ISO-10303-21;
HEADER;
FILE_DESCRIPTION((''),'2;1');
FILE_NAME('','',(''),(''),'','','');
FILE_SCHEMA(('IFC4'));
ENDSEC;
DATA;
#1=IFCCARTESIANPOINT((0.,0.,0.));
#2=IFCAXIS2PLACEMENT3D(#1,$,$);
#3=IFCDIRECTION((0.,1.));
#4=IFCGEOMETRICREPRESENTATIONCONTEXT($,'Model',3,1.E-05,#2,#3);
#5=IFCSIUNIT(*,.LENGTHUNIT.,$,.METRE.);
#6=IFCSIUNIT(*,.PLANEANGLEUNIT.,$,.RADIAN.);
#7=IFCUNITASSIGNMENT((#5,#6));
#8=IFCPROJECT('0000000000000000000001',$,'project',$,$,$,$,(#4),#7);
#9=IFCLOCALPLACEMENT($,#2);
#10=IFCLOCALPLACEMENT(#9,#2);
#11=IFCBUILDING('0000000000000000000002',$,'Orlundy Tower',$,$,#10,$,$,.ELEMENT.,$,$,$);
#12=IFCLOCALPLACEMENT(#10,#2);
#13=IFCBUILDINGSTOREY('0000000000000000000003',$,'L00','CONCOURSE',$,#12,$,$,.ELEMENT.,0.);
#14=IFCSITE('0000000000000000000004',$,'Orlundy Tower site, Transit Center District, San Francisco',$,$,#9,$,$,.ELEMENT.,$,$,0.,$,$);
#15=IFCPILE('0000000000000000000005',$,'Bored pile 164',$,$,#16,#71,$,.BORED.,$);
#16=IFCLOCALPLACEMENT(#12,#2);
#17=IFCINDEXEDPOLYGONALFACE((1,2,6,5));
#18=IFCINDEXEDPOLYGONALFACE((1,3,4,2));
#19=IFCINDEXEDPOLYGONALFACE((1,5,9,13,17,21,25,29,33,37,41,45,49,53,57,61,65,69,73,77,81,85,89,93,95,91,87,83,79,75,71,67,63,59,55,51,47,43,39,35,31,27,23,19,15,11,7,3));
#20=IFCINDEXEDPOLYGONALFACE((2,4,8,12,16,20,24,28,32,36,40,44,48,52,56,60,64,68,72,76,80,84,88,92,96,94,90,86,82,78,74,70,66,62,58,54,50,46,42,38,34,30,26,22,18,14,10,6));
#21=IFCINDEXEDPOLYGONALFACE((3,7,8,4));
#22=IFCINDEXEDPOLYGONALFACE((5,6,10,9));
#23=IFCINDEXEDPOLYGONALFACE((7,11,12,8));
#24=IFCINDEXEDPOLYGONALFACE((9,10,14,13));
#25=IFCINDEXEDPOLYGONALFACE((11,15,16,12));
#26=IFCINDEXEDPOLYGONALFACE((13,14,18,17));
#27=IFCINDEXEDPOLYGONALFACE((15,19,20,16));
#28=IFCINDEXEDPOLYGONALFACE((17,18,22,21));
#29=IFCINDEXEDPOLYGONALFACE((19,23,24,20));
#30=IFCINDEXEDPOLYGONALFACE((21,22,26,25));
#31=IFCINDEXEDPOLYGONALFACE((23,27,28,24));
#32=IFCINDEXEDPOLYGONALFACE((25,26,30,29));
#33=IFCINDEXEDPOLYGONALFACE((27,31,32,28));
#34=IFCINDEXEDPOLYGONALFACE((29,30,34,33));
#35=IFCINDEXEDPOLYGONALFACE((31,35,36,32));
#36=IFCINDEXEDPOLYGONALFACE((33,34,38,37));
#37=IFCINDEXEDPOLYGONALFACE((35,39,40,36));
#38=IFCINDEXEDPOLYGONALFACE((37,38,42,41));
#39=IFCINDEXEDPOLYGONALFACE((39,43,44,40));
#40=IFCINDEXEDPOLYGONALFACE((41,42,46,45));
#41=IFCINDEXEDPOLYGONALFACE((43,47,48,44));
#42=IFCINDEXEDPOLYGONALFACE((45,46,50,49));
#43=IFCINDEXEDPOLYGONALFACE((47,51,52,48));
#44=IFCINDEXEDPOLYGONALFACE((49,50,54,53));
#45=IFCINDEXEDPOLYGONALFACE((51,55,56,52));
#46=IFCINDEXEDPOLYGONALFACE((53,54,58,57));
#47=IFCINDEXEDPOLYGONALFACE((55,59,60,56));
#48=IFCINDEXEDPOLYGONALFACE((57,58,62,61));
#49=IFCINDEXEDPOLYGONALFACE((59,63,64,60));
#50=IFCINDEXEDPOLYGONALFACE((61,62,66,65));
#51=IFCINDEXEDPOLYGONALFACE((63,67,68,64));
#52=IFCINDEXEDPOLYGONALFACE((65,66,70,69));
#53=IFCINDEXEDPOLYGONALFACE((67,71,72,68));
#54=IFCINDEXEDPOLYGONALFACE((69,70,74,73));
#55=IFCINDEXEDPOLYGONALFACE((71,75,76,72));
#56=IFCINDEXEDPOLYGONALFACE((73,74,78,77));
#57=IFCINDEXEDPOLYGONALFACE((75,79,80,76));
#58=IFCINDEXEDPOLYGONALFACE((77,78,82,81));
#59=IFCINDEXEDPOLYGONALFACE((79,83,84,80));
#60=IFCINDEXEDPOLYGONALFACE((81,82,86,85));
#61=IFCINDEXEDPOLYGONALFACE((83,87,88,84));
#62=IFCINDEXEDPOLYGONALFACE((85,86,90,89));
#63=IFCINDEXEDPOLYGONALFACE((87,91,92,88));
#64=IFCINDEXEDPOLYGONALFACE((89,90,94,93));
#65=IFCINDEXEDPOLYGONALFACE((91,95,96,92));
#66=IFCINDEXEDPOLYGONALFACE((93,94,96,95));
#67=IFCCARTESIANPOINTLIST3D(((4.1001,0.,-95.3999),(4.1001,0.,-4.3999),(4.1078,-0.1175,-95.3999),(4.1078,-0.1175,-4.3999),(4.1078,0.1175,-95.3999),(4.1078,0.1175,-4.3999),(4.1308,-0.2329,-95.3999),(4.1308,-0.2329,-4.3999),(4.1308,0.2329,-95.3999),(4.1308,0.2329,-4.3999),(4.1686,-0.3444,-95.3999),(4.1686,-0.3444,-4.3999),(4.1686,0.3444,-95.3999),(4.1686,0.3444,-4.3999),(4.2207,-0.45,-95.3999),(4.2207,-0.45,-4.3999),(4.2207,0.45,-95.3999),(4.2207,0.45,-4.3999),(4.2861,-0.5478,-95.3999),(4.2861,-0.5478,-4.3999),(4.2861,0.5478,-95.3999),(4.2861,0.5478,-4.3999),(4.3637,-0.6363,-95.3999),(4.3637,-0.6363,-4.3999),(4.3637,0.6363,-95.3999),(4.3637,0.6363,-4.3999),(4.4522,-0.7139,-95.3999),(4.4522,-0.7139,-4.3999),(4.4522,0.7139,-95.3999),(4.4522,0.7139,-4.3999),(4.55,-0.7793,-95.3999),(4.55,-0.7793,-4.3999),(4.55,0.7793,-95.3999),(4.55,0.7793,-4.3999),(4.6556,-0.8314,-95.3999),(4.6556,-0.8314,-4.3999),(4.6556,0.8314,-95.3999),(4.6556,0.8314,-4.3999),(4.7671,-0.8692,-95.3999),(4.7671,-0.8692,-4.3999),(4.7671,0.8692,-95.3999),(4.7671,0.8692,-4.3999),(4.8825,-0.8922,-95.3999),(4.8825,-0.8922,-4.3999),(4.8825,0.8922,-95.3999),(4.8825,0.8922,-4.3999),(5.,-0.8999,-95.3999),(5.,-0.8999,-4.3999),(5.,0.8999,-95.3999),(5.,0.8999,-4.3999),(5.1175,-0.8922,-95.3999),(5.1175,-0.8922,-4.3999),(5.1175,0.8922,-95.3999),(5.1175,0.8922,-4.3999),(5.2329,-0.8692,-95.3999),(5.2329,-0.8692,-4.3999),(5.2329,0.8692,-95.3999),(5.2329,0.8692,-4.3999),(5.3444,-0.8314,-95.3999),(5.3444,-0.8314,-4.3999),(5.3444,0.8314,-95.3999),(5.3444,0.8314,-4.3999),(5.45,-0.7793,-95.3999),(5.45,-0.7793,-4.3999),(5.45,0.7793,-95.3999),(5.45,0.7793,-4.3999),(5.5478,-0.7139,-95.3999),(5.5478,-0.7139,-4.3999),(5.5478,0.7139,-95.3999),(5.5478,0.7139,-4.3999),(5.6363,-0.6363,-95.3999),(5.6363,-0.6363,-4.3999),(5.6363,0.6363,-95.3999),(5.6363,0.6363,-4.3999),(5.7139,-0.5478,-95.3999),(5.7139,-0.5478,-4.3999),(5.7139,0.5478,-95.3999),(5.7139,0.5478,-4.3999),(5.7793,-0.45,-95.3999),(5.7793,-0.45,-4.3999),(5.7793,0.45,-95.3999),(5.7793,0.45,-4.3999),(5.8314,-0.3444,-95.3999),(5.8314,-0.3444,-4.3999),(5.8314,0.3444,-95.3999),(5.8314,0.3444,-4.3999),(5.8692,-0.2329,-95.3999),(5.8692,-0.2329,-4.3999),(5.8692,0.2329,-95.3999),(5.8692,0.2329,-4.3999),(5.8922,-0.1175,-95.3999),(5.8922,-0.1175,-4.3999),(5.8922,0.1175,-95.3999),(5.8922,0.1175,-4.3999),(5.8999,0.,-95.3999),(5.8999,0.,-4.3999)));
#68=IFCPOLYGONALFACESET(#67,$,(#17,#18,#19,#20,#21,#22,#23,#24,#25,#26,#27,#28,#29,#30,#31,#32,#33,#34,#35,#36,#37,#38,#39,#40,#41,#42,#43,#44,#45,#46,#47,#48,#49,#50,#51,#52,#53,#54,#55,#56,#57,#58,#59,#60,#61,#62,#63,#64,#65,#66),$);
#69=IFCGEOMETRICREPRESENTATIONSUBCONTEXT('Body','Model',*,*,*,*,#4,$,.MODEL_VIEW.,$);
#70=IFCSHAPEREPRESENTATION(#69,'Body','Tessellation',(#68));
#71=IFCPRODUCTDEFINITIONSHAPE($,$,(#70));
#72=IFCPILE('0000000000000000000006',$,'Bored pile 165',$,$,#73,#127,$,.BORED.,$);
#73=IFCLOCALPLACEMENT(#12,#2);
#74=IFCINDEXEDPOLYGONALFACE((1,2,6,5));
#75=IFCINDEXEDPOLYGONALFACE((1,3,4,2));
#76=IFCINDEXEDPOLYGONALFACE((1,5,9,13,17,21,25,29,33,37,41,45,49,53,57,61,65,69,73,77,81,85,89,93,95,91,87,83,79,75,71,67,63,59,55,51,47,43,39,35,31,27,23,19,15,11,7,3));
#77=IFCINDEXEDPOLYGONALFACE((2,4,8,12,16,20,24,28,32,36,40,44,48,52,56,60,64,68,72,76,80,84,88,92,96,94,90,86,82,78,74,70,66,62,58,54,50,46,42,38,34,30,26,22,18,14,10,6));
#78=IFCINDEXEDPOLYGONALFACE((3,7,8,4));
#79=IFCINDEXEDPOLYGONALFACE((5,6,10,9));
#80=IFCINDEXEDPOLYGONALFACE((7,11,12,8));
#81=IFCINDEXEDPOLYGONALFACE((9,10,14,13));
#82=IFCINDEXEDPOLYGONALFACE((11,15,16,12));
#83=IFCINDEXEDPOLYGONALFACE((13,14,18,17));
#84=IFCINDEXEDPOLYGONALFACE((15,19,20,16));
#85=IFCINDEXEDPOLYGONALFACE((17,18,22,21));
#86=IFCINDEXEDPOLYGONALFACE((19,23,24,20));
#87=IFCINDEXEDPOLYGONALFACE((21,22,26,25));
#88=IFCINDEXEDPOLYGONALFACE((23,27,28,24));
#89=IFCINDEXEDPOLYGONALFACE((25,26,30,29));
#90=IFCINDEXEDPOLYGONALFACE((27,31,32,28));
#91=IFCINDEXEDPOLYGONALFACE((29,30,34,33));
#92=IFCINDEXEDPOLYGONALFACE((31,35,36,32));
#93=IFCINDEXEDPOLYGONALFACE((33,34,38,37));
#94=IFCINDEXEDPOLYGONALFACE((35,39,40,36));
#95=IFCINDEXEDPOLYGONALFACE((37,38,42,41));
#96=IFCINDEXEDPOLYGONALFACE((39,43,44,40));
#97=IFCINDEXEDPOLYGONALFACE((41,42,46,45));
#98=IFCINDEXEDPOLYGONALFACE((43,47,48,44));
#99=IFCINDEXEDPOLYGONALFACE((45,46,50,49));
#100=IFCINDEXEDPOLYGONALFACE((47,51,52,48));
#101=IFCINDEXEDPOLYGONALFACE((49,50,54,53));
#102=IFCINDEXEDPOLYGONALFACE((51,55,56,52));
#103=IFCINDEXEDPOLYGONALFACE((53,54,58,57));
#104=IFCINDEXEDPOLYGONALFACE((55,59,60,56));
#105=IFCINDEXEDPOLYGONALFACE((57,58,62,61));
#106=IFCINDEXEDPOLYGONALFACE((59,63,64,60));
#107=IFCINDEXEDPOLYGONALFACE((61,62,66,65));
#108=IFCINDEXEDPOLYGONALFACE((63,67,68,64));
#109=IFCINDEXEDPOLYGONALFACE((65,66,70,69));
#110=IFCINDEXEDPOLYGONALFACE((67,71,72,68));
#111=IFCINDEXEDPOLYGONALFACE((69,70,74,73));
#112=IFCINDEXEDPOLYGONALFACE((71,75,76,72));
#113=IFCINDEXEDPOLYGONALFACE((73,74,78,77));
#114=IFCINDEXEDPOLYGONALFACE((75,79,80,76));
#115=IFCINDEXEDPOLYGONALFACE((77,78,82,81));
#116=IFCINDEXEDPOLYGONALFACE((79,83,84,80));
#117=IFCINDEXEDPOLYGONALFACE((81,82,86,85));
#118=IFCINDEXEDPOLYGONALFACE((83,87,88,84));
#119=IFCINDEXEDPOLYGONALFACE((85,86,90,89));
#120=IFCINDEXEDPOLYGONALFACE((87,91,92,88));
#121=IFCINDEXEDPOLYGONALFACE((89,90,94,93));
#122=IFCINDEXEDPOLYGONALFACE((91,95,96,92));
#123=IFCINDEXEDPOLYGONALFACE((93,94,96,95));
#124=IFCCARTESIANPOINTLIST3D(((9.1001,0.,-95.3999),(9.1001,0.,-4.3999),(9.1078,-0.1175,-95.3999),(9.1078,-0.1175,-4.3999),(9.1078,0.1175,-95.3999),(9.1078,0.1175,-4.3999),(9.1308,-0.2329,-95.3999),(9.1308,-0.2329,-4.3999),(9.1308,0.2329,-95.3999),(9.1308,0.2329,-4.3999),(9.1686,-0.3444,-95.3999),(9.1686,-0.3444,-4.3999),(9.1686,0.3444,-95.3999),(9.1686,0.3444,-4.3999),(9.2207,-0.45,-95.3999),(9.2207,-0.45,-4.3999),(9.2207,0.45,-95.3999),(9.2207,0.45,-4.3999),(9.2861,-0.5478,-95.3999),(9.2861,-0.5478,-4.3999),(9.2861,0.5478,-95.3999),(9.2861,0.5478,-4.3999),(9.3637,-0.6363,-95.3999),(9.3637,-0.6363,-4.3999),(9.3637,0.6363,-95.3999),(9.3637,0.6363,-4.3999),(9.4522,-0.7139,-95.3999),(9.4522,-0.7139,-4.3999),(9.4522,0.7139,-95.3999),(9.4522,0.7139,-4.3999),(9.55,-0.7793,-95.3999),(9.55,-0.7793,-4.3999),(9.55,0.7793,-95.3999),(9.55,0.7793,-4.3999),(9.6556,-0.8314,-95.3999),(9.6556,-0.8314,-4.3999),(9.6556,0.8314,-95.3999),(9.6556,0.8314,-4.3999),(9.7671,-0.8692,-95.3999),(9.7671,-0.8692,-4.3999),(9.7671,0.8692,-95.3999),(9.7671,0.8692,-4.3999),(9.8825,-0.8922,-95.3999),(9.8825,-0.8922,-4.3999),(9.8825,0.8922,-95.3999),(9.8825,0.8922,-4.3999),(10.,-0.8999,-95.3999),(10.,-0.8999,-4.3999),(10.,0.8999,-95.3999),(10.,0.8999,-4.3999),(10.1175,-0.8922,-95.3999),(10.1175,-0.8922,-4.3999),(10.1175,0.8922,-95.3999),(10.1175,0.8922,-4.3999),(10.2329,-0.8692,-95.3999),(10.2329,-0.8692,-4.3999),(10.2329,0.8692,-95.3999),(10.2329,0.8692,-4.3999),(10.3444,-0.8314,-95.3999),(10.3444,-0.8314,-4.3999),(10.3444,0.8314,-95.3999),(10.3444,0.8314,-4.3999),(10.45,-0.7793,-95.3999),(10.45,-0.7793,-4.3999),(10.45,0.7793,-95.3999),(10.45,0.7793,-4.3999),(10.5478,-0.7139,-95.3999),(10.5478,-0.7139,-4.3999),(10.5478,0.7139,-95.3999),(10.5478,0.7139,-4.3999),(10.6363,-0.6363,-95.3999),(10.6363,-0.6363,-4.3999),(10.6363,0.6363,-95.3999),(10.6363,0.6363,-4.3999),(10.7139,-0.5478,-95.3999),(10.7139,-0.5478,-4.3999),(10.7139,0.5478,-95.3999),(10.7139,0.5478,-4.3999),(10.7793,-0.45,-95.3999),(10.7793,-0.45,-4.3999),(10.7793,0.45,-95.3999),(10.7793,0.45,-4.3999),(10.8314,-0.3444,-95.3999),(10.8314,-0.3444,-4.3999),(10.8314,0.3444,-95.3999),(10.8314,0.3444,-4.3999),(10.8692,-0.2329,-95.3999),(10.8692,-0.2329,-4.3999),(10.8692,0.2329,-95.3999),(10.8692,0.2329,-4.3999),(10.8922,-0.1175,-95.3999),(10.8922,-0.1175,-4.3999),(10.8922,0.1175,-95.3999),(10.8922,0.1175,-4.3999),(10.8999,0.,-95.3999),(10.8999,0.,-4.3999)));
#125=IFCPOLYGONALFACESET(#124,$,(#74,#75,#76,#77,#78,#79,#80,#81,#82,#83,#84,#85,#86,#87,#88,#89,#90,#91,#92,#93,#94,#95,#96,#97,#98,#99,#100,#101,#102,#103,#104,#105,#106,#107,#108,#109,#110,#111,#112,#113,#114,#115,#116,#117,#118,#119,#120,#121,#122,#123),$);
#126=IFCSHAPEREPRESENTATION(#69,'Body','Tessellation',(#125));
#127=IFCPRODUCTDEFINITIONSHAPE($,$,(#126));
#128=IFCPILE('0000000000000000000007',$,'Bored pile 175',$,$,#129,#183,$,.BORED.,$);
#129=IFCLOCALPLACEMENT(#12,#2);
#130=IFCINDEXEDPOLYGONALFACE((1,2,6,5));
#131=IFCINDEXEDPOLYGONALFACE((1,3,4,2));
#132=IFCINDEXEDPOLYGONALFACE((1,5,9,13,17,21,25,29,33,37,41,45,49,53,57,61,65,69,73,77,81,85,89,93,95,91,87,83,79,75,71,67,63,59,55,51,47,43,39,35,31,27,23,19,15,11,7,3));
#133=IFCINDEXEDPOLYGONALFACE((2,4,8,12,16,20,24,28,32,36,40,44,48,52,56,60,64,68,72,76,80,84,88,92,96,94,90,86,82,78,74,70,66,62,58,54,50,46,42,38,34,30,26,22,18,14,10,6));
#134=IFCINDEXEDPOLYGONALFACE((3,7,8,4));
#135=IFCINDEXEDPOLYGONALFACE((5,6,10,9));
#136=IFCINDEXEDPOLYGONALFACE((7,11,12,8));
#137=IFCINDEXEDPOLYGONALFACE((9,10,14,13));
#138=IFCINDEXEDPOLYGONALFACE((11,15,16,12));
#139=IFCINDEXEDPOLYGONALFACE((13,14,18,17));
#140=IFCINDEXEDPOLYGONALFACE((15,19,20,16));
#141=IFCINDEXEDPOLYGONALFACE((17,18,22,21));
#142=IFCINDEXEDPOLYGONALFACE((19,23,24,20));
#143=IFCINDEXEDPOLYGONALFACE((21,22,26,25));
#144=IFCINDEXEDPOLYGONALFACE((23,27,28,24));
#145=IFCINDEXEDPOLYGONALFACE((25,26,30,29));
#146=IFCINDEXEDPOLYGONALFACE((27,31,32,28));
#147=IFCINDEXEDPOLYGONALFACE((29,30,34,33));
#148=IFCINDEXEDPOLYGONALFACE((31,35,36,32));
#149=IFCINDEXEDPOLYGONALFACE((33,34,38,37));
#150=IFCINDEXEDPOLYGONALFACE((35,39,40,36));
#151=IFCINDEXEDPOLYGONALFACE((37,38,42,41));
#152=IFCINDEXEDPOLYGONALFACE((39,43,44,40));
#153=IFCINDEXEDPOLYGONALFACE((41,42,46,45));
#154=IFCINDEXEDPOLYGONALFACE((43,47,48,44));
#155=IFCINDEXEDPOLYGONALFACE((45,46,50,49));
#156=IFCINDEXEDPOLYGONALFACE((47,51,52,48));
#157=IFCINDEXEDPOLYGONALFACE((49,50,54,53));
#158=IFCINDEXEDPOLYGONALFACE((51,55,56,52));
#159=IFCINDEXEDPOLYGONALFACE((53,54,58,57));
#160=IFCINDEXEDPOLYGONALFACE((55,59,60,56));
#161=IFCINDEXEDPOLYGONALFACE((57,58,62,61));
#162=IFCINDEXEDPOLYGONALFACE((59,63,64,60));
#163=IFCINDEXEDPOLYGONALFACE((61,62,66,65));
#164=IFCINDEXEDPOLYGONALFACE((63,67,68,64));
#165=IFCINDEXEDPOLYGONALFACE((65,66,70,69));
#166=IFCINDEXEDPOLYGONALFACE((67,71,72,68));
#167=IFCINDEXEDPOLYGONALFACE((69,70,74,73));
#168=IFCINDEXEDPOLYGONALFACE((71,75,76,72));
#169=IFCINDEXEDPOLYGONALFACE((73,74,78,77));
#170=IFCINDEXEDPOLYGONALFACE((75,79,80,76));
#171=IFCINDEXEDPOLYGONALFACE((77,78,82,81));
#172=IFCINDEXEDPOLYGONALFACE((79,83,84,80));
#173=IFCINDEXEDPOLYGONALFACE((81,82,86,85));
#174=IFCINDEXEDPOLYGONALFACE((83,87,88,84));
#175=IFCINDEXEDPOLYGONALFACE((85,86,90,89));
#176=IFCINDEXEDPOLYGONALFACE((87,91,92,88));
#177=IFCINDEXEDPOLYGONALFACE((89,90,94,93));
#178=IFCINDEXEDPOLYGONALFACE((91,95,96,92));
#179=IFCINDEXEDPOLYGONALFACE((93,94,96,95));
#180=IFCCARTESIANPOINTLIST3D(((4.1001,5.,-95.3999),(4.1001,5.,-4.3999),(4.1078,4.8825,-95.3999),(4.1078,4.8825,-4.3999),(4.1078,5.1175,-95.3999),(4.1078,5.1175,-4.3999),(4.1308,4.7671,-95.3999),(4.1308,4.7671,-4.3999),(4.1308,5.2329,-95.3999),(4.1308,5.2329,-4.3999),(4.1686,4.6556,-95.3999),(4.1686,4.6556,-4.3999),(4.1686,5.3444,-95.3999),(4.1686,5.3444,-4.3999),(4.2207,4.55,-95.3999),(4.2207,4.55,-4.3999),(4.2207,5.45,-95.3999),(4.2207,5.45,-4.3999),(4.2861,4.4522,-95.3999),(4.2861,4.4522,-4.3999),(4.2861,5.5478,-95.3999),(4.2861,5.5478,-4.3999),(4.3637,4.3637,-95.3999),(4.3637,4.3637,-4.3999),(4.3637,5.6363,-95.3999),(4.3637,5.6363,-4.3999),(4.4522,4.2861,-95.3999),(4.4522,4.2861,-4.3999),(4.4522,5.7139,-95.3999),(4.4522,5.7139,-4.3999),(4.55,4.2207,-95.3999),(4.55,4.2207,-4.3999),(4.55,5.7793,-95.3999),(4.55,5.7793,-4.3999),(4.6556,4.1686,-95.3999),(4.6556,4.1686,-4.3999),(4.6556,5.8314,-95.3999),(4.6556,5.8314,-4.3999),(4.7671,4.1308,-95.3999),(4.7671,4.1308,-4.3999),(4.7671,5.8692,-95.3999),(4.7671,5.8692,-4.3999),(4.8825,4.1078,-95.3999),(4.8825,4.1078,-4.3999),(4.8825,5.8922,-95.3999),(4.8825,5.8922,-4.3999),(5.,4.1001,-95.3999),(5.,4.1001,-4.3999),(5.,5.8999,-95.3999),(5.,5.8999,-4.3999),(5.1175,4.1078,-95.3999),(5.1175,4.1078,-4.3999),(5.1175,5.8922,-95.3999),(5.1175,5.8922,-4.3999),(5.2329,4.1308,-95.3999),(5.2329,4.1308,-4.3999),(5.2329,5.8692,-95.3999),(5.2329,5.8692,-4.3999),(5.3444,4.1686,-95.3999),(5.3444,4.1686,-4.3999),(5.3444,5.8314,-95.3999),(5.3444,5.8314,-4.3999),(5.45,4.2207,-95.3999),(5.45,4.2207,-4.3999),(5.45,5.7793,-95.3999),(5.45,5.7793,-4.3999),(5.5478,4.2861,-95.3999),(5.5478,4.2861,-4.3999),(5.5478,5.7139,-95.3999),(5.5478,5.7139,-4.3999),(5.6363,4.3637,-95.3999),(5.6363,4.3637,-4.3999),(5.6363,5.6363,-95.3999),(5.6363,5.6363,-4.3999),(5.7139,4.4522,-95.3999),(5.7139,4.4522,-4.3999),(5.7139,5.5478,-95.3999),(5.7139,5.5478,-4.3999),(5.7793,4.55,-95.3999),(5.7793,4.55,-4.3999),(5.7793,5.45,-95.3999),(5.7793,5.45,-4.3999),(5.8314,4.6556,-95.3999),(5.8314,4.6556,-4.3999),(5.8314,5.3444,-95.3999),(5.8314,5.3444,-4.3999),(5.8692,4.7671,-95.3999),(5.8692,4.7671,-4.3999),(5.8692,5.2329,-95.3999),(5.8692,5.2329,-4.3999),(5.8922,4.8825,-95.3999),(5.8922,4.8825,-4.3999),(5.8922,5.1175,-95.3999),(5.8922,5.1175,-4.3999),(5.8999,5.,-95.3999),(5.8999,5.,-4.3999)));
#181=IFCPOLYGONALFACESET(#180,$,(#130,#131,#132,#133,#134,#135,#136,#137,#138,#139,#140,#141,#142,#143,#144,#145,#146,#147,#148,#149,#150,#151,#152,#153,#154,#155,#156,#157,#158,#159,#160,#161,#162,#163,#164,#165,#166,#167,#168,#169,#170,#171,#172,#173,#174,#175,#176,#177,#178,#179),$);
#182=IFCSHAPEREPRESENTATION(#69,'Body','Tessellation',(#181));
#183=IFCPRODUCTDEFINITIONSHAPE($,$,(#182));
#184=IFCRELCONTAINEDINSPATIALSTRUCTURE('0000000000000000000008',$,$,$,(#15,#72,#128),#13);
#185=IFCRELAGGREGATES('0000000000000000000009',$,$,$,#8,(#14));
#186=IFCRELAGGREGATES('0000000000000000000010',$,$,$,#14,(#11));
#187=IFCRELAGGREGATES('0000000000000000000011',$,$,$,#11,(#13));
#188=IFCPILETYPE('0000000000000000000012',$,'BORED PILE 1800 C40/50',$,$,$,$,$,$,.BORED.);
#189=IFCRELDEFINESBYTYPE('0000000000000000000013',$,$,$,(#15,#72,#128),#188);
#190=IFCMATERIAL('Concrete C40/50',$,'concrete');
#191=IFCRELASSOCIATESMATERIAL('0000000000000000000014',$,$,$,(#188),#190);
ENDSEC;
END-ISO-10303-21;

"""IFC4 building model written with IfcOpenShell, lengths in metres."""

from ifc_helpers import new_model, si_unit, direction, frame, origin, origin_2d, place, context, subcontext, project, spatial, circle, extrude, material, material_profile, profile_set, type_object, element, save


model = new_model("IFC4")

# Units and contexts
model_context = context("Model", 3, precision=1e-05, world=origin(), true_north=direction((0.0, 1.0)))
body_context = subcontext(model_context, "Body", "Model", "MODEL_VIEW")
ifc_project = project(units=[si_unit("LENGTHUNIT", "METRE"), si_unit("PLANEANGLEUNIT", "RADIAN")], contexts=[model_context])

# Site, building, storey
site_placement = place(None, origin())
site = spatial("IfcSite", under=ifc_project, at=site_placement, Name="Orlundy Tower site, Transit Center District, San Francisco", CompositionType="ELEMENT", RefElevation=0.0)
building_placement = place(site_placement, origin())
building = spatial("IfcBuilding", under=site, at=building_placement, Name="Orlundy Tower", CompositionType="ELEMENT")
storey_placement = place(building_placement, origin())
storey = spatial("IfcBuildingStorey", under=building, at=storey_placement, Name="L00", Description="CONCOURSE", CompositionType="ELEMENT", Elevation=0.0)

# Piles
ifc_material_1 = material(Name="Concrete C40/50", Category="concrete")
ifc_material_profile = material_profile(ifc_material_1, circle(Radius=0.8999, at=origin_2d()), Name="BP1800")
ifc_profile_set = profile_set([ifc_material_profile], Name="Concrete C40/50")
pile_type = type_object("IfcPileType", Name="BORED PILE 1800 C40/50", PredefinedType="BORED", material=ifc_profile_set)
for number, where, z_axis, x_axis, name in (
    (1, (5.0, 0.0, -4.3999), (0.0, 0.0, -1.0), (1.0, 0.0, 0.0), "Bored pile 164"),
    (2, (10.0, 0.0, -4.3999), (0.0, 0.0, -1.0), (1.0, 0.0, 0.0), "Bored pile 165"),
    (3, (5.0, 5.0, -4.3999), (0.0, 0.0, -1.0), (1.0, 0.0, 0.0), "Bored pile 175"),
):
    element("IfcPile", number, at=place(storey_placement, frame(where, z_axis=z_axis, x_axis=x_axis)), inside=storey, type_object=pile_type, Name=name, PredefinedType="BORED", context=body_context, shape_type="SweptSolid", body=[
        extrude(circle(Radius=0.8999, at=origin_2d()), origin(), (0.0, 0.0, 1.0), 91.0),
    ])

save(model, "model.ifc")
